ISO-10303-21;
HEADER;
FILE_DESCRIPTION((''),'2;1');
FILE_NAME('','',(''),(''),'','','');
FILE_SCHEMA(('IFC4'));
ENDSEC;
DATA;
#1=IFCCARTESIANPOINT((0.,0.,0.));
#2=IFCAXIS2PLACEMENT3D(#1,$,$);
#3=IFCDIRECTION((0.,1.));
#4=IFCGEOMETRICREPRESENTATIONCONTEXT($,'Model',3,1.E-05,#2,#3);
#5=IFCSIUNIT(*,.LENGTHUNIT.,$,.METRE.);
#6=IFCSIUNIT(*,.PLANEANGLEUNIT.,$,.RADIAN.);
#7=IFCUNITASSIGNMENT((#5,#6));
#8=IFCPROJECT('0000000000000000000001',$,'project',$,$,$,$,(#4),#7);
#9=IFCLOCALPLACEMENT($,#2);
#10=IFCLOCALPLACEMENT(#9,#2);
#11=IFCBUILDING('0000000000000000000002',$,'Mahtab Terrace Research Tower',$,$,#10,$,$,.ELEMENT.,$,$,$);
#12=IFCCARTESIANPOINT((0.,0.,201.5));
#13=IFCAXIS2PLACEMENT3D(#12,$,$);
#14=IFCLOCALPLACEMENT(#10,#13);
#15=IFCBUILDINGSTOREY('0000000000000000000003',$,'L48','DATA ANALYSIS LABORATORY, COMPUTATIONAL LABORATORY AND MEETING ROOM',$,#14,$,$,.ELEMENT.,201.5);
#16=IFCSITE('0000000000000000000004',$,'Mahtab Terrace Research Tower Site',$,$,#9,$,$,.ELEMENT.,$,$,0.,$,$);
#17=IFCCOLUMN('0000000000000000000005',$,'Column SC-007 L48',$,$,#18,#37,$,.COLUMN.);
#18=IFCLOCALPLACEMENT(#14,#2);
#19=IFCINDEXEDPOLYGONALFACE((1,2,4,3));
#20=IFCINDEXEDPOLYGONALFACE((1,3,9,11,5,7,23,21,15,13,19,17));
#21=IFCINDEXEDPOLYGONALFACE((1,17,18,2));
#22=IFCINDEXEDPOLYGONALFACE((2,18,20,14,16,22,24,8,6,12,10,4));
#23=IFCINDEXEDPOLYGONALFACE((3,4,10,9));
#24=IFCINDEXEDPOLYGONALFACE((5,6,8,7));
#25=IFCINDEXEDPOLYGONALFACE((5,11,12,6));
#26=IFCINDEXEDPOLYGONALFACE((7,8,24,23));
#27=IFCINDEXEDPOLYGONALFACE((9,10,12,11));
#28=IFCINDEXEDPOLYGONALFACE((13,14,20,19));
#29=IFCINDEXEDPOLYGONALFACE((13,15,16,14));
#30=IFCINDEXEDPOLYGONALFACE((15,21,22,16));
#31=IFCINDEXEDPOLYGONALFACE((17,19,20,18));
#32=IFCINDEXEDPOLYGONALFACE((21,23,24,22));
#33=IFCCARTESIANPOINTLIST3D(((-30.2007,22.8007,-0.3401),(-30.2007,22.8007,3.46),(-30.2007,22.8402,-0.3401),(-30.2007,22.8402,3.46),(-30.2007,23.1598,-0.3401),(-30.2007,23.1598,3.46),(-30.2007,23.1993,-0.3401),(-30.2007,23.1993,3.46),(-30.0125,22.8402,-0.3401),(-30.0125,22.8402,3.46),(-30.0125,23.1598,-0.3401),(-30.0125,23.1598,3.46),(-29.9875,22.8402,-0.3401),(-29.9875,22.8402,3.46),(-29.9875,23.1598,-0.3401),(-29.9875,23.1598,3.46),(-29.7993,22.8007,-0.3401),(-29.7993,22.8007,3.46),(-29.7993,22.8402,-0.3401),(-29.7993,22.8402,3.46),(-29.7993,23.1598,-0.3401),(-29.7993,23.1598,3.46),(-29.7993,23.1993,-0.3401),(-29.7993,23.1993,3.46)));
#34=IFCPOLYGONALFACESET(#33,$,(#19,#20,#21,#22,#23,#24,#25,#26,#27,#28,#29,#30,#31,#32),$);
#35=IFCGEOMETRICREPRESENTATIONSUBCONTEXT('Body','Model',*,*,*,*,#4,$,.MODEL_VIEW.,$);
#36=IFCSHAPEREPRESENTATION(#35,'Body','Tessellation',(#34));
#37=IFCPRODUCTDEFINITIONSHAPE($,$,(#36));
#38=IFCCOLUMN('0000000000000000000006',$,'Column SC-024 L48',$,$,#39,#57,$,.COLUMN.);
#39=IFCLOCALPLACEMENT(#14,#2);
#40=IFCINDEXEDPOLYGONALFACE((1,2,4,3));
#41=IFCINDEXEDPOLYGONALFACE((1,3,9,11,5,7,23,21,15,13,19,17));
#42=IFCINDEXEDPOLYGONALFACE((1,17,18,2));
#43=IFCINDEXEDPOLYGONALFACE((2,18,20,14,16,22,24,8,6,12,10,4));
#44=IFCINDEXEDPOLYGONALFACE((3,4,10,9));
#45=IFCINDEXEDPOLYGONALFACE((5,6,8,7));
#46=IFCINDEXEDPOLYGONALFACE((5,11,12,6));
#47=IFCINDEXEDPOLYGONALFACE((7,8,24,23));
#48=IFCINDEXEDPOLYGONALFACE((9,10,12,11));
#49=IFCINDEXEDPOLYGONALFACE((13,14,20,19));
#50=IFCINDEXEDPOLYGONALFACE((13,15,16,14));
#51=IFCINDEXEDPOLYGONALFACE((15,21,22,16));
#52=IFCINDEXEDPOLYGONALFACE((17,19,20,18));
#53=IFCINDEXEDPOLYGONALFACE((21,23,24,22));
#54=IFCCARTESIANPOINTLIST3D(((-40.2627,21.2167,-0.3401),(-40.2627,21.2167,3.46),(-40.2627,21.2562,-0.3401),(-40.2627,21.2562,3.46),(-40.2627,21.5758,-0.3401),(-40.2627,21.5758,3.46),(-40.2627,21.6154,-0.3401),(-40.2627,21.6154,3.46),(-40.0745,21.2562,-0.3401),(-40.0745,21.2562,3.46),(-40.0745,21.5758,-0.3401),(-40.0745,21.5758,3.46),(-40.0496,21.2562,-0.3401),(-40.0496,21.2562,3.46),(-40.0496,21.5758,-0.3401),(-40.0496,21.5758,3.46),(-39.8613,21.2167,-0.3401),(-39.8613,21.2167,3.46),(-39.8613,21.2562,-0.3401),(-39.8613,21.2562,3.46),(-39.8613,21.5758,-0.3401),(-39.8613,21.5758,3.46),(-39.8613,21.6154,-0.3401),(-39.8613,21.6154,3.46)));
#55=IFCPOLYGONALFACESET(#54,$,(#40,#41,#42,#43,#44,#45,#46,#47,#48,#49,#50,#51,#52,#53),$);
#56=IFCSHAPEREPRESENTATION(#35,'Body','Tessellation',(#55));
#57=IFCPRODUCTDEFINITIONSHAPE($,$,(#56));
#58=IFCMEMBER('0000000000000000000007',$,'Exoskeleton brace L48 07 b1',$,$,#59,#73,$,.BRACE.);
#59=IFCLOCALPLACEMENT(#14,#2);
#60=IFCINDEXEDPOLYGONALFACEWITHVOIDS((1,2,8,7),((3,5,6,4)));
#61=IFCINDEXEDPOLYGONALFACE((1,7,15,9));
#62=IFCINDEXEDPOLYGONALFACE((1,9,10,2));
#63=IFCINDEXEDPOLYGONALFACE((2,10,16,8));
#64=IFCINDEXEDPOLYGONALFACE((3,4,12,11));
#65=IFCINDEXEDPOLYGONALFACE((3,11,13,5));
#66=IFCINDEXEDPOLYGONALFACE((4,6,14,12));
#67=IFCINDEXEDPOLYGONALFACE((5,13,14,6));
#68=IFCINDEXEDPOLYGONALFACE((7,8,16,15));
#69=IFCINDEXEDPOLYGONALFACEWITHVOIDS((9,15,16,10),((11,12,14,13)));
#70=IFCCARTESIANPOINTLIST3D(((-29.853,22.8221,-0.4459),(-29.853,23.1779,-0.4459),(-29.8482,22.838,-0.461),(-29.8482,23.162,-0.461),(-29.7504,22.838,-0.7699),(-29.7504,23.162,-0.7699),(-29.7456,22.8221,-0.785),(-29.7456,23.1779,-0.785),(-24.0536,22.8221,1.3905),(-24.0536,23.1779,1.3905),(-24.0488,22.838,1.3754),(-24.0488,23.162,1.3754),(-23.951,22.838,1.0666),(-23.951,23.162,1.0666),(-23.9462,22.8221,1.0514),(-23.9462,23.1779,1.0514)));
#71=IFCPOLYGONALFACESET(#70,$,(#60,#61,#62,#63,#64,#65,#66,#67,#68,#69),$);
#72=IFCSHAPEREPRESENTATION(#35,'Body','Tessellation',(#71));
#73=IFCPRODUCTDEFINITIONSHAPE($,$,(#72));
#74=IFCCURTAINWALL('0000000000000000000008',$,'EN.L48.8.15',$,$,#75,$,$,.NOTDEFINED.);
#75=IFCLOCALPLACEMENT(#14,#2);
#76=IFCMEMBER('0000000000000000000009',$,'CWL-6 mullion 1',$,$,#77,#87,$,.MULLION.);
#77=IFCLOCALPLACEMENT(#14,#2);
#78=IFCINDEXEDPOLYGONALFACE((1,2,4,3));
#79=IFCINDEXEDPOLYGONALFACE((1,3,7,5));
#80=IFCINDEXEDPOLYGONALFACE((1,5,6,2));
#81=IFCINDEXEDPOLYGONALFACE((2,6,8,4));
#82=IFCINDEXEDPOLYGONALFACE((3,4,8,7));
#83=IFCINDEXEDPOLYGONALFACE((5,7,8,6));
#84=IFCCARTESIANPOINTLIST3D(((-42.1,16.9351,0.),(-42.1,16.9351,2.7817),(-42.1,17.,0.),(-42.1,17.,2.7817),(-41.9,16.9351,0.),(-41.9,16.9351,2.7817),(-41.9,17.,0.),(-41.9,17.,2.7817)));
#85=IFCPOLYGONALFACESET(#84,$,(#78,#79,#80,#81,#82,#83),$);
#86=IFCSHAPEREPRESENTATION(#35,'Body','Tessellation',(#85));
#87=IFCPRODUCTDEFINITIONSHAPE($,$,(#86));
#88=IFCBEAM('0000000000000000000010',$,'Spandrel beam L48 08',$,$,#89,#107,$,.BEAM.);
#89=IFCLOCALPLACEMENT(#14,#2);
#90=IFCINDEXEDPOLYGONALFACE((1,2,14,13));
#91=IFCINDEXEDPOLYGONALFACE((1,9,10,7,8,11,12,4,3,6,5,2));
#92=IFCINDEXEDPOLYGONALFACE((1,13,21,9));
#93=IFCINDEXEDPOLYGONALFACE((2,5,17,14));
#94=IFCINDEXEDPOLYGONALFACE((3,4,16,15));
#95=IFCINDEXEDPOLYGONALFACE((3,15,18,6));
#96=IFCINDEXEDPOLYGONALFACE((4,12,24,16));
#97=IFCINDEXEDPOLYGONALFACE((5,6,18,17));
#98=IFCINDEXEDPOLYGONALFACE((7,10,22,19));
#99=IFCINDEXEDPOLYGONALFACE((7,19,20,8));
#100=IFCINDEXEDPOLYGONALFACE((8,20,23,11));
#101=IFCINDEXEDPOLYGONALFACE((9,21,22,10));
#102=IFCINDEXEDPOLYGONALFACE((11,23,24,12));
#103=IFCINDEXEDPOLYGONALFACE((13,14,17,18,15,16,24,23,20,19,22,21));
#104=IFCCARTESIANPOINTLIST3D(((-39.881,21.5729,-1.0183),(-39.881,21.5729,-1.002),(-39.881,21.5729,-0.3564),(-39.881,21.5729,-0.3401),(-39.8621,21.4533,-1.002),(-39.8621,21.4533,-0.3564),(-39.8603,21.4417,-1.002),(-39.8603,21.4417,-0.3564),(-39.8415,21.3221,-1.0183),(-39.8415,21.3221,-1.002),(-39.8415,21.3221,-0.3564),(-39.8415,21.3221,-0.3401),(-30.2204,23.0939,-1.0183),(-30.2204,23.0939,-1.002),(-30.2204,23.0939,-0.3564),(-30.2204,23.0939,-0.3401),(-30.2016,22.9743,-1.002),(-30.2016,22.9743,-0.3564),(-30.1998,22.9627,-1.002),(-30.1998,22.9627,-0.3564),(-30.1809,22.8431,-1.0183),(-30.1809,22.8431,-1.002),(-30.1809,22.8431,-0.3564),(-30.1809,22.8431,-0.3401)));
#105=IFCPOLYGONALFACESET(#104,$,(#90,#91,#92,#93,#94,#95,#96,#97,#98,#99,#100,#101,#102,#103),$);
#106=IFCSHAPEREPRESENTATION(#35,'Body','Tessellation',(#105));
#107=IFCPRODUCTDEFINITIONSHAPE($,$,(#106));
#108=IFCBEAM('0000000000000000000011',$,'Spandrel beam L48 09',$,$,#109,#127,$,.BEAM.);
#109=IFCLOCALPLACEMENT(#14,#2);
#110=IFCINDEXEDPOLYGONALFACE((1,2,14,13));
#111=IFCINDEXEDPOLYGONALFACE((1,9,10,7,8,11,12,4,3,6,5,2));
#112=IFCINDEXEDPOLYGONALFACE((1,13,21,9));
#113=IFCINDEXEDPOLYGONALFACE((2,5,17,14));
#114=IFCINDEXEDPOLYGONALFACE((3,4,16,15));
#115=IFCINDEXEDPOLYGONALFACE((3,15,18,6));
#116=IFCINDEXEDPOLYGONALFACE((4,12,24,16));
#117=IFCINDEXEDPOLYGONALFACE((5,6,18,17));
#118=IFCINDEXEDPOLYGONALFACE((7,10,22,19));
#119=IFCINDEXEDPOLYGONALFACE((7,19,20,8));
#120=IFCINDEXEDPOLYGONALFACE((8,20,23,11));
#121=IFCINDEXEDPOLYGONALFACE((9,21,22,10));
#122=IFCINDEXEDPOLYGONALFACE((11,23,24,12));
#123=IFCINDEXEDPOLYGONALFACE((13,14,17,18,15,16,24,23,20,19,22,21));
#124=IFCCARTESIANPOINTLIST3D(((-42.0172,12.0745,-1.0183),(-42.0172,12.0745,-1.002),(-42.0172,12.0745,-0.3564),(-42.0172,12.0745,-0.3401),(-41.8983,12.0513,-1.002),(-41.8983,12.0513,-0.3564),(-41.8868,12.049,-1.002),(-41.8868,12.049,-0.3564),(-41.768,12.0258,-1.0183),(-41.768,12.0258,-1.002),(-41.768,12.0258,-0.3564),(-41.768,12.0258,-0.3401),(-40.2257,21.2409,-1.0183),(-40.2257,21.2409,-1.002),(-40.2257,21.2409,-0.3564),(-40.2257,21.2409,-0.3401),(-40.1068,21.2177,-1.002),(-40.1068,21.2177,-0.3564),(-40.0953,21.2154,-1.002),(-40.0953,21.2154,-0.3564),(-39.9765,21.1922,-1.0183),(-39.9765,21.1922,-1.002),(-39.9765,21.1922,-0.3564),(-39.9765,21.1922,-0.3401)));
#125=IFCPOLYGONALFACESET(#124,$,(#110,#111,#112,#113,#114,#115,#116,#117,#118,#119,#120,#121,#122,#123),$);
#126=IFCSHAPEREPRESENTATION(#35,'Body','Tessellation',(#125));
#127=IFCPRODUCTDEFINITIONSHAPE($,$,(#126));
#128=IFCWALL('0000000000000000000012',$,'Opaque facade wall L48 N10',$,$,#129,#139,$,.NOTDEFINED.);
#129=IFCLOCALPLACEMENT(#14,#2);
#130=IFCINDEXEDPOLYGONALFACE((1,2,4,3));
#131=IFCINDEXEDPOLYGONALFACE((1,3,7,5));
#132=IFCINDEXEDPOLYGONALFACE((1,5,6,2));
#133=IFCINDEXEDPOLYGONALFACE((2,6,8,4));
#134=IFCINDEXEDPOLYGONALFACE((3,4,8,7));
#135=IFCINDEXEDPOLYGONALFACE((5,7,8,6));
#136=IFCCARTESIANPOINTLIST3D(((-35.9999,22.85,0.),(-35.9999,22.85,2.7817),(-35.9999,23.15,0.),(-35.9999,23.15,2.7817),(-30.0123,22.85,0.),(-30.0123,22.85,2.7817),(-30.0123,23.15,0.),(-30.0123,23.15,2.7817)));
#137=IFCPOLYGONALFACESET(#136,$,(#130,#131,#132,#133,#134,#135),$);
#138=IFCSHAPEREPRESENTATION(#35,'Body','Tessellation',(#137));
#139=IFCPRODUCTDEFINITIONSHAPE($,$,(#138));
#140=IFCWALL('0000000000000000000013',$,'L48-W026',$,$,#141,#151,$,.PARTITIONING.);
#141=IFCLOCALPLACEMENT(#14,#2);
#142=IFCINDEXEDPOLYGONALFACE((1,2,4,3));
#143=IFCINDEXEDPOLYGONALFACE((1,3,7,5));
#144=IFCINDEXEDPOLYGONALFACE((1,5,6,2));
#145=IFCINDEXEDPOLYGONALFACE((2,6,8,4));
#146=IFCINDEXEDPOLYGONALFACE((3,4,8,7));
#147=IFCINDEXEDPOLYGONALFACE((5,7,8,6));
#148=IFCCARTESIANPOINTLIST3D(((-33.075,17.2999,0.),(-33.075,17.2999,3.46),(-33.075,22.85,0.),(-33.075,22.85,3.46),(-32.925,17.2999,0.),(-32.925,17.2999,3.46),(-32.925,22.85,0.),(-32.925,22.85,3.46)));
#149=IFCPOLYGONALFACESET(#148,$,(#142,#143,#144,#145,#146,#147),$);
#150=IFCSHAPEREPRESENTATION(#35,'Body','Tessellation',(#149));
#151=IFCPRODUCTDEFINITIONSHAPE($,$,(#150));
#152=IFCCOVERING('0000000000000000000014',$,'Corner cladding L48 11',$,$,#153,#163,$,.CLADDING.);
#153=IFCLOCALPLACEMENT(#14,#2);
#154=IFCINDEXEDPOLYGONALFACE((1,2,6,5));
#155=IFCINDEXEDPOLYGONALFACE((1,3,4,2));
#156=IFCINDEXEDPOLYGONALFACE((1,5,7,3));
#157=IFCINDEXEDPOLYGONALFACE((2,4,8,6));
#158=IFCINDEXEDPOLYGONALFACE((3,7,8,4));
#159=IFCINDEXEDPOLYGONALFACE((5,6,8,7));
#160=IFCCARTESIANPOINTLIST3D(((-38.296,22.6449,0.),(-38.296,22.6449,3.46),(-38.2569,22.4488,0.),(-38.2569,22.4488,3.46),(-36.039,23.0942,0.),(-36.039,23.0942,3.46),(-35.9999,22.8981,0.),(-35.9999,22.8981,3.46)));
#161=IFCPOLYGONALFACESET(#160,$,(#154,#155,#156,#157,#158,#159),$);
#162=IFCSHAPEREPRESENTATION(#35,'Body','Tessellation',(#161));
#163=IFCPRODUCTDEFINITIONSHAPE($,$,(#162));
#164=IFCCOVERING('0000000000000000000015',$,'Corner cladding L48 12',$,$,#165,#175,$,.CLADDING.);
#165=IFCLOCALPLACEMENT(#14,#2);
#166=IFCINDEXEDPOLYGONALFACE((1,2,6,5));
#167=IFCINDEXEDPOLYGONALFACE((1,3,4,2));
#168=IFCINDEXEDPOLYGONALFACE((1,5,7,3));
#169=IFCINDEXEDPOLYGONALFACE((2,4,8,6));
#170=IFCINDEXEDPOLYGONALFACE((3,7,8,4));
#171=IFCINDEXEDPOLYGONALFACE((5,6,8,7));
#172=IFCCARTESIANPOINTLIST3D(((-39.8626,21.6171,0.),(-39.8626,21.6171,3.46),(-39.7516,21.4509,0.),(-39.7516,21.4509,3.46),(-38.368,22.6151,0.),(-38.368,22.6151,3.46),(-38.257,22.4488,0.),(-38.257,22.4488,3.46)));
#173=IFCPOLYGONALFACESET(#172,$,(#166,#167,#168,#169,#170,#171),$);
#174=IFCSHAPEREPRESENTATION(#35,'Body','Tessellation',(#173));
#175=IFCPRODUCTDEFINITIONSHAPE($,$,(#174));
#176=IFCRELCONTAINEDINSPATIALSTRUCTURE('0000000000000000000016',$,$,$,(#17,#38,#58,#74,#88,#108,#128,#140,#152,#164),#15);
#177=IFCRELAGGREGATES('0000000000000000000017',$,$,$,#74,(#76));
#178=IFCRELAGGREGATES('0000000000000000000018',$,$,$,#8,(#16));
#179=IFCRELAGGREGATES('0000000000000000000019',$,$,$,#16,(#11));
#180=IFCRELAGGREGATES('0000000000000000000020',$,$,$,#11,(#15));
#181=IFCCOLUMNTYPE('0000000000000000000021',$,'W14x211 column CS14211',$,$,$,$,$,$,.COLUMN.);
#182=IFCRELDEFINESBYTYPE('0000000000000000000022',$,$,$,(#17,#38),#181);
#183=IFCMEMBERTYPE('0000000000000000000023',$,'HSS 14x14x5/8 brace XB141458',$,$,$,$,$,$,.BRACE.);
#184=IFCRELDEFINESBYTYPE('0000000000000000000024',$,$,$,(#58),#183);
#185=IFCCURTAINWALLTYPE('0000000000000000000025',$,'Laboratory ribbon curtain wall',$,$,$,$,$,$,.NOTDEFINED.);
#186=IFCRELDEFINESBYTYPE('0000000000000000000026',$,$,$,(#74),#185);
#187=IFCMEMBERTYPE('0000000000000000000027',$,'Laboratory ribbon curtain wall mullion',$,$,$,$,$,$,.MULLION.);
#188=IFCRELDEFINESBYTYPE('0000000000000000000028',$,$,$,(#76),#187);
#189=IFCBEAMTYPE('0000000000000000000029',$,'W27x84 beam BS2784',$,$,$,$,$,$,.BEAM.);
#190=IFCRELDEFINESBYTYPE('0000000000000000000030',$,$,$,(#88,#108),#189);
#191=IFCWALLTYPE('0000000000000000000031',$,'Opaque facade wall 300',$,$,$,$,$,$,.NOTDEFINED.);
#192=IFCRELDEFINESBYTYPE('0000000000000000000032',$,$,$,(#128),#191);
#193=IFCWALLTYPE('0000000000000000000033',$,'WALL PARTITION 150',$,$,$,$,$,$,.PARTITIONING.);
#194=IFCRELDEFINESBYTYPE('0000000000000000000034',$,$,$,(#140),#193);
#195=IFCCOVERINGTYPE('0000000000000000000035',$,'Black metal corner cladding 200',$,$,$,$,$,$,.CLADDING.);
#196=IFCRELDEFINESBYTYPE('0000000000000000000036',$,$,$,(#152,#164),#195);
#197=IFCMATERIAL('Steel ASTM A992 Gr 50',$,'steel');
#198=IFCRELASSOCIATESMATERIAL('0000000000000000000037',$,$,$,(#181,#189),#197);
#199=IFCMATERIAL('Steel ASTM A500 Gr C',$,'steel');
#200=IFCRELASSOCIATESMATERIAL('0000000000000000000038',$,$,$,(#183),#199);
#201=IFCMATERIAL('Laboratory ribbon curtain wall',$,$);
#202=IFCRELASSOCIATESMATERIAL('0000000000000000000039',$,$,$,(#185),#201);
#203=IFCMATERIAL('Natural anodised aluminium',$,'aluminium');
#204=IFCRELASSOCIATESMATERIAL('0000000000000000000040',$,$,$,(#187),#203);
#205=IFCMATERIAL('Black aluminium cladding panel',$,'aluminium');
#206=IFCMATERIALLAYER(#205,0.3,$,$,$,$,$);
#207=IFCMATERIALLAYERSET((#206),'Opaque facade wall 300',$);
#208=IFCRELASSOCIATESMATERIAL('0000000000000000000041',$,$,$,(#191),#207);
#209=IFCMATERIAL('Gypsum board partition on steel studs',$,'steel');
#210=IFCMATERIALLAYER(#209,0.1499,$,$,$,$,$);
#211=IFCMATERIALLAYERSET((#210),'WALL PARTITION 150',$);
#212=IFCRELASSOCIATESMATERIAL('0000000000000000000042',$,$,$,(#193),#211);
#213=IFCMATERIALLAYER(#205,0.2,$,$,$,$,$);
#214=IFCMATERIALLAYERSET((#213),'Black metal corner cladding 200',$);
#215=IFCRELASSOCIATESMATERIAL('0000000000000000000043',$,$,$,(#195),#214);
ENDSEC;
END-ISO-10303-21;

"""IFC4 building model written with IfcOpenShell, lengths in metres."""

from ifc_helpers import new_model, si_unit, direction, frame, frame_2d, origin, origin_2d, place, context, subcontext, project, spatial, rectangle, hollow_rectangle, i_section, extrude, material, layer, layer_set, material_profile, profile_set, type_object, element, aggregate, save


model = new_model("IFC4")

# Units and contexts
model_context = context("Model", 3, precision=1e-05, world=origin(), true_north=direction((0.0, 1.0)))
body_context = subcontext(model_context, "Body", "Model", "MODEL_VIEW")
ifc_project = project(units=[si_unit("LENGTHUNIT", "METRE"), si_unit("PLANEANGLEUNIT", "RADIAN")], contexts=[model_context])

# Site, building, storey
site_placement = place(None, origin())
site = spatial("IfcSite", under=ifc_project, at=site_placement, Name="Mahtab Terrace Research Tower Site", CompositionType="ELEMENT", RefElevation=0.0)
building_placement = place(site_placement, origin())
building = spatial("IfcBuilding", under=site, at=building_placement, Name="Mahtab Terrace Research Tower", CompositionType="ELEMENT")
storey_placement = place(building_placement, frame((0.0, 0.0, 201.5)))
storey = spatial("IfcBuildingStorey", under=building, at=storey_placement, Name="L48", Description="DATA ANALYSIS LABORATORY, COMPUTATIONAL LABORATORY AND MEETING ROOM", CompositionType="ELEMENT", Elevation=201.5)

# Columns
ifc_material_1 = material(Name="Steel ASTM A992 Gr 50", Category="steel")
ifc_material_profile_1 = material_profile(ifc_material_1, i_section(OverallWidth=0.4014, OverallDepth=0.3987, WebThickness=0.0249, FlangeThickness=0.0396, at=origin_2d()), Name="W14X211")
ifc_profile_set_1 = profile_set([ifc_material_profile_1], Name="Steel ASTM A992 Gr 50")
column_type = type_object("IfcColumnType", Name="W14x211 column CS14211", PredefinedType="COLUMN", material=ifc_profile_set_1)
for number, where, z_axis, x_axis, name in (
    (1, (-30.0, 23.0, -0.3401), (0.0, 0.0, 1.0), (1.0, 0.0, 0.0), "Column SC-007 L48"),
    (2, (-40.062, 21.416, -0.3401), (0.0, 0.0, 1.0), (1.0, 0.0, 0.0), "Column SC-024 L48"),
):
    element("IfcColumn", number, at=place(storey_placement, frame(where, z_axis=z_axis, x_axis=x_axis)), inside=storey, type_object=column_type, Name=name, PredefinedType="COLUMN", context=body_context, shape_type="SweptSolid", body=[
        extrude(i_section(OverallWidth=0.4014, OverallDepth=0.3987, WebThickness=0.0249, FlangeThickness=0.0396, at=origin_2d()), origin(), (0.0, 0.0, 1.0), 3.8),
    ])

# Member
ifc_material_2 = material(Name="Steel ASTM A500 Gr C", Category="steel")
ifc_material_profile_2 = material_profile(ifc_material_2, hollow_rectangle(XDim=0.3557, YDim=0.3557, WallThickness=0.0159, at=origin_2d()), Name="HSS14X14X5/8")
ifc_profile_set_2 = profile_set([ifc_material_profile_2], Name="Steel ASTM A500 Gr C")
member_type_1 = type_object("IfcMemberType", Name="HSS 14x14x5/8 brace XB141458", PredefinedType="BRACE", material=ifc_profile_set_2)
member_1_placement = place(storey_placement, frame((-29.7993, 23.0, -0.6155), z_axis=(0.953343, 0.0, 0.301888), x_axis=(0.0, 1.0, 0.0)))
element("IfcMember", 3, at=member_1_placement, inside=storey, type_object=member_type_1, Name="Exoskeleton brace L48 07 b1", PredefinedType="BRACE", context=body_context, shape_type="SweptSolid", body=[
    extrude(hollow_rectangle(XDim=0.3557, YDim=0.3557, WallThickness=0.0159, at=origin_2d()), origin(), (0.0, 0.0, 1.0), 6.0833),
])

# Curtain wall, member
ifc_material_3 = material(Name="Laboratory ribbon curtain wall")
curtain_wall_type = type_object("IfcCurtainWallType", Name="Laboratory ribbon curtain wall", PredefinedType="NOTDEFINED", material=ifc_material_3)
curtain_wall_placement = place(storey_placement, origin())
curtain_wall = element("IfcCurtainWall", 4, at=curtain_wall_placement, inside=storey, type_object=curtain_wall_type, Name="EN.L48.8.15", PredefinedType="NOTDEFINED")
ifc_material_4 = material(Name="Natural anodised aluminium", Category="aluminium")
ifc_material_profile_3 = material_profile(ifc_material_4, rectangle(XDim=0.2, YDim=0.0649, at=origin_2d()), Name="MULLION 65x200")
ifc_profile_set_3 = profile_set([ifc_material_profile_3], Name="Natural anodised aluminium")
member_type_2 = type_object("IfcMemberType", Name="Laboratory ribbon curtain wall mullion", PredefinedType="MULLION", material=ifc_profile_set_3)
member_2_placement = place(storey_placement, frame((-42.0, 16.9675, 0.0), z_axis=(0.0, 0.0, 1.0), x_axis=(1.0, 0.0, 0.0)))
member_2 = element("IfcMember", 5, at=member_2_placement, type_object=member_type_2, Name="CWL-6 mullion 1", PredefinedType="MULLION", context=body_context, shape_type="SweptSolid", body=[
    extrude(rectangle(XDim=0.2, YDim=0.0649, at=origin_2d()), origin(), (0.0, 0.0, 1.0), 2.7817),
])
aggregate(curtain_wall, [member_2])

# Beams
ifc_material_profile_4 = material_profile(ifc_material_1, i_section(OverallWidth=0.2539, OverallDepth=0.6782, WebThickness=0.0117, FlangeThickness=0.0164, at=origin_2d()), Name="W27X84")
ifc_profile_set_4 = profile_set([ifc_material_profile_4], Name="Steel ASTM A992 Gr 50")
beam_type = type_object("IfcBeamType", Name="W27x84 beam BS2784", PredefinedType="BEAM", material=ifc_profile_set_4)
beam_1_placement = place(storey_placement, frame((-30.2007, 22.9685, -0.6792), z_axis=(-0.987832, -0.155527, 0.0), x_axis=(0.155527, -0.987832, 0.0)))
element("IfcBeam", 6, at=beam_1_placement, inside=storey, type_object=beam_type, Name="Spandrel beam L48 08", PredefinedType="BEAM", context=body_context, shape_type="SweptSolid", body=[
    extrude(i_section(OverallWidth=0.2539, OverallDepth=0.6782, WebThickness=0.0117, FlangeThickness=0.0164, at=origin_2d()), origin(), (0.0, 0.0, 1.0), 9.7795),
])
beam_2_placement = place(storey_placement, frame((-40.1011, 21.2166, -0.6792), z_axis=(-0.191811, -0.981432, 0.0), x_axis=(0.981432, -0.191811, 0.0)))
element("IfcBeam", 7, at=beam_2_placement, inside=storey, type_object=beam_type, Name="Spandrel beam L48 09", PredefinedType="BEAM", context=body_context, shape_type="SweptSolid", body=[
    extrude(i_section(OverallWidth=0.2539, OverallDepth=0.6782, WebThickness=0.0117, FlangeThickness=0.0164, at=origin_2d()), origin(), (0.0, 0.0, 1.0), 9.3398),
])

# Wall
ifc_material_5 = material(Name="Black aluminium cladding panel", Category="aluminium")
ifc_layer_1 = layer(ifc_material_5, 0.3)
ifc_layer_set_1 = layer_set([ifc_layer_1], Name="Opaque facade wall 300")
wall_type_1 = type_object("IfcWallType", Name="Opaque facade wall 300", PredefinedType="NOTDEFINED", material=ifc_layer_set_1)
wall_1_placement = place(storey_placement, frame((-30.0125, 23.0, 0.0), z_axis=(0.0, 0.0, 1.0), x_axis=(-1.0, 0.0, 0.0)))
element("IfcWall", 8, at=wall_1_placement, inside=storey, type_object=wall_type_1, Name="Opaque facade wall L48 N10", PredefinedType="NOTDEFINED", context=body_context, shape_type="SweptSolid", body=[
    extrude(rectangle(XDim=5.9875, YDim=0.3, at=frame_2d((2.9937, 0.0))), origin(), (0.0, 0.0, 1.0), 2.7817),
])

# Wall
ifc_material_6 = material(Name="Gypsum board partition on steel studs", Category="steel")
ifc_layer_2 = layer(ifc_material_6, 0.1499)
ifc_layer_set_2 = layer_set([ifc_layer_2], Name="WALL PARTITION 150")
wall_type_2 = type_object("IfcWallType", Name="WALL PARTITION 150", PredefinedType="PARTITIONING", material=ifc_layer_set_2)
wall_2_placement = place(storey_placement, frame((-33.0, 17.3, 0.0), z_axis=(0.0, 0.0, 1.0), x_axis=(0.0, 1.0, 0.0)))
element("IfcWall", 9, at=wall_2_placement, inside=storey, type_object=wall_type_2, Name="L48-W026", PredefinedType="PARTITIONING", context=body_context, shape_type="SweptSolid", body=[
    extrude(rectangle(XDim=5.55, YDim=0.1499, at=frame_2d((2.7749, 0.0))), origin(), (0.0, 0.0, 1.0), 3.46),
])

# Coverings
ifc_layer_3 = layer(ifc_material_5, 0.2)
ifc_layer_set_3 = layer_set([ifc_layer_3], Name="Black metal corner cladding 200")
covering_type = type_object("IfcCoveringType", Name="Black metal corner cladding 200", PredefinedType="CLADDING", material=ifc_layer_set_3)
covering_1_placement = place(storey_placement, frame((-37.1479, 22.7715, 0.0), z_axis=(0.0, 0.0, 1.0), x_axis=(-0.980761, -0.195212, 0.0)))
element("IfcCovering", 10, at=covering_1_placement, inside=storey, type_object=covering_type, Name="Corner cladding L48 11", PredefinedType="CLADDING", context=body_context, shape_type="SweptSolid", body=[
    extrude(rectangle(XDim=2.3013, YDim=0.2, at=origin_2d()), origin(), (0.0, 0.0, 1.0), 3.46),
])
covering_2_placement = place(storey_placement, frame((-39.0598, 22.033, 0.0), z_axis=(0.0, 0.0, 1.0), x_axis=(-0.831656, -0.555291, 0.0)))
element("IfcCovering", 11, at=covering_2_placement, inside=storey, type_object=covering_type, Name="Corner cladding L48 12", PredefinedType="CLADDING", context=body_context, shape_type="SweptSolid", body=[
    extrude(rectangle(XDim=1.7971, YDim=0.2, at=origin_2d()), origin(), (0.0, 0.0, 1.0), 3.46),
])

save(model, "model.ifc")
